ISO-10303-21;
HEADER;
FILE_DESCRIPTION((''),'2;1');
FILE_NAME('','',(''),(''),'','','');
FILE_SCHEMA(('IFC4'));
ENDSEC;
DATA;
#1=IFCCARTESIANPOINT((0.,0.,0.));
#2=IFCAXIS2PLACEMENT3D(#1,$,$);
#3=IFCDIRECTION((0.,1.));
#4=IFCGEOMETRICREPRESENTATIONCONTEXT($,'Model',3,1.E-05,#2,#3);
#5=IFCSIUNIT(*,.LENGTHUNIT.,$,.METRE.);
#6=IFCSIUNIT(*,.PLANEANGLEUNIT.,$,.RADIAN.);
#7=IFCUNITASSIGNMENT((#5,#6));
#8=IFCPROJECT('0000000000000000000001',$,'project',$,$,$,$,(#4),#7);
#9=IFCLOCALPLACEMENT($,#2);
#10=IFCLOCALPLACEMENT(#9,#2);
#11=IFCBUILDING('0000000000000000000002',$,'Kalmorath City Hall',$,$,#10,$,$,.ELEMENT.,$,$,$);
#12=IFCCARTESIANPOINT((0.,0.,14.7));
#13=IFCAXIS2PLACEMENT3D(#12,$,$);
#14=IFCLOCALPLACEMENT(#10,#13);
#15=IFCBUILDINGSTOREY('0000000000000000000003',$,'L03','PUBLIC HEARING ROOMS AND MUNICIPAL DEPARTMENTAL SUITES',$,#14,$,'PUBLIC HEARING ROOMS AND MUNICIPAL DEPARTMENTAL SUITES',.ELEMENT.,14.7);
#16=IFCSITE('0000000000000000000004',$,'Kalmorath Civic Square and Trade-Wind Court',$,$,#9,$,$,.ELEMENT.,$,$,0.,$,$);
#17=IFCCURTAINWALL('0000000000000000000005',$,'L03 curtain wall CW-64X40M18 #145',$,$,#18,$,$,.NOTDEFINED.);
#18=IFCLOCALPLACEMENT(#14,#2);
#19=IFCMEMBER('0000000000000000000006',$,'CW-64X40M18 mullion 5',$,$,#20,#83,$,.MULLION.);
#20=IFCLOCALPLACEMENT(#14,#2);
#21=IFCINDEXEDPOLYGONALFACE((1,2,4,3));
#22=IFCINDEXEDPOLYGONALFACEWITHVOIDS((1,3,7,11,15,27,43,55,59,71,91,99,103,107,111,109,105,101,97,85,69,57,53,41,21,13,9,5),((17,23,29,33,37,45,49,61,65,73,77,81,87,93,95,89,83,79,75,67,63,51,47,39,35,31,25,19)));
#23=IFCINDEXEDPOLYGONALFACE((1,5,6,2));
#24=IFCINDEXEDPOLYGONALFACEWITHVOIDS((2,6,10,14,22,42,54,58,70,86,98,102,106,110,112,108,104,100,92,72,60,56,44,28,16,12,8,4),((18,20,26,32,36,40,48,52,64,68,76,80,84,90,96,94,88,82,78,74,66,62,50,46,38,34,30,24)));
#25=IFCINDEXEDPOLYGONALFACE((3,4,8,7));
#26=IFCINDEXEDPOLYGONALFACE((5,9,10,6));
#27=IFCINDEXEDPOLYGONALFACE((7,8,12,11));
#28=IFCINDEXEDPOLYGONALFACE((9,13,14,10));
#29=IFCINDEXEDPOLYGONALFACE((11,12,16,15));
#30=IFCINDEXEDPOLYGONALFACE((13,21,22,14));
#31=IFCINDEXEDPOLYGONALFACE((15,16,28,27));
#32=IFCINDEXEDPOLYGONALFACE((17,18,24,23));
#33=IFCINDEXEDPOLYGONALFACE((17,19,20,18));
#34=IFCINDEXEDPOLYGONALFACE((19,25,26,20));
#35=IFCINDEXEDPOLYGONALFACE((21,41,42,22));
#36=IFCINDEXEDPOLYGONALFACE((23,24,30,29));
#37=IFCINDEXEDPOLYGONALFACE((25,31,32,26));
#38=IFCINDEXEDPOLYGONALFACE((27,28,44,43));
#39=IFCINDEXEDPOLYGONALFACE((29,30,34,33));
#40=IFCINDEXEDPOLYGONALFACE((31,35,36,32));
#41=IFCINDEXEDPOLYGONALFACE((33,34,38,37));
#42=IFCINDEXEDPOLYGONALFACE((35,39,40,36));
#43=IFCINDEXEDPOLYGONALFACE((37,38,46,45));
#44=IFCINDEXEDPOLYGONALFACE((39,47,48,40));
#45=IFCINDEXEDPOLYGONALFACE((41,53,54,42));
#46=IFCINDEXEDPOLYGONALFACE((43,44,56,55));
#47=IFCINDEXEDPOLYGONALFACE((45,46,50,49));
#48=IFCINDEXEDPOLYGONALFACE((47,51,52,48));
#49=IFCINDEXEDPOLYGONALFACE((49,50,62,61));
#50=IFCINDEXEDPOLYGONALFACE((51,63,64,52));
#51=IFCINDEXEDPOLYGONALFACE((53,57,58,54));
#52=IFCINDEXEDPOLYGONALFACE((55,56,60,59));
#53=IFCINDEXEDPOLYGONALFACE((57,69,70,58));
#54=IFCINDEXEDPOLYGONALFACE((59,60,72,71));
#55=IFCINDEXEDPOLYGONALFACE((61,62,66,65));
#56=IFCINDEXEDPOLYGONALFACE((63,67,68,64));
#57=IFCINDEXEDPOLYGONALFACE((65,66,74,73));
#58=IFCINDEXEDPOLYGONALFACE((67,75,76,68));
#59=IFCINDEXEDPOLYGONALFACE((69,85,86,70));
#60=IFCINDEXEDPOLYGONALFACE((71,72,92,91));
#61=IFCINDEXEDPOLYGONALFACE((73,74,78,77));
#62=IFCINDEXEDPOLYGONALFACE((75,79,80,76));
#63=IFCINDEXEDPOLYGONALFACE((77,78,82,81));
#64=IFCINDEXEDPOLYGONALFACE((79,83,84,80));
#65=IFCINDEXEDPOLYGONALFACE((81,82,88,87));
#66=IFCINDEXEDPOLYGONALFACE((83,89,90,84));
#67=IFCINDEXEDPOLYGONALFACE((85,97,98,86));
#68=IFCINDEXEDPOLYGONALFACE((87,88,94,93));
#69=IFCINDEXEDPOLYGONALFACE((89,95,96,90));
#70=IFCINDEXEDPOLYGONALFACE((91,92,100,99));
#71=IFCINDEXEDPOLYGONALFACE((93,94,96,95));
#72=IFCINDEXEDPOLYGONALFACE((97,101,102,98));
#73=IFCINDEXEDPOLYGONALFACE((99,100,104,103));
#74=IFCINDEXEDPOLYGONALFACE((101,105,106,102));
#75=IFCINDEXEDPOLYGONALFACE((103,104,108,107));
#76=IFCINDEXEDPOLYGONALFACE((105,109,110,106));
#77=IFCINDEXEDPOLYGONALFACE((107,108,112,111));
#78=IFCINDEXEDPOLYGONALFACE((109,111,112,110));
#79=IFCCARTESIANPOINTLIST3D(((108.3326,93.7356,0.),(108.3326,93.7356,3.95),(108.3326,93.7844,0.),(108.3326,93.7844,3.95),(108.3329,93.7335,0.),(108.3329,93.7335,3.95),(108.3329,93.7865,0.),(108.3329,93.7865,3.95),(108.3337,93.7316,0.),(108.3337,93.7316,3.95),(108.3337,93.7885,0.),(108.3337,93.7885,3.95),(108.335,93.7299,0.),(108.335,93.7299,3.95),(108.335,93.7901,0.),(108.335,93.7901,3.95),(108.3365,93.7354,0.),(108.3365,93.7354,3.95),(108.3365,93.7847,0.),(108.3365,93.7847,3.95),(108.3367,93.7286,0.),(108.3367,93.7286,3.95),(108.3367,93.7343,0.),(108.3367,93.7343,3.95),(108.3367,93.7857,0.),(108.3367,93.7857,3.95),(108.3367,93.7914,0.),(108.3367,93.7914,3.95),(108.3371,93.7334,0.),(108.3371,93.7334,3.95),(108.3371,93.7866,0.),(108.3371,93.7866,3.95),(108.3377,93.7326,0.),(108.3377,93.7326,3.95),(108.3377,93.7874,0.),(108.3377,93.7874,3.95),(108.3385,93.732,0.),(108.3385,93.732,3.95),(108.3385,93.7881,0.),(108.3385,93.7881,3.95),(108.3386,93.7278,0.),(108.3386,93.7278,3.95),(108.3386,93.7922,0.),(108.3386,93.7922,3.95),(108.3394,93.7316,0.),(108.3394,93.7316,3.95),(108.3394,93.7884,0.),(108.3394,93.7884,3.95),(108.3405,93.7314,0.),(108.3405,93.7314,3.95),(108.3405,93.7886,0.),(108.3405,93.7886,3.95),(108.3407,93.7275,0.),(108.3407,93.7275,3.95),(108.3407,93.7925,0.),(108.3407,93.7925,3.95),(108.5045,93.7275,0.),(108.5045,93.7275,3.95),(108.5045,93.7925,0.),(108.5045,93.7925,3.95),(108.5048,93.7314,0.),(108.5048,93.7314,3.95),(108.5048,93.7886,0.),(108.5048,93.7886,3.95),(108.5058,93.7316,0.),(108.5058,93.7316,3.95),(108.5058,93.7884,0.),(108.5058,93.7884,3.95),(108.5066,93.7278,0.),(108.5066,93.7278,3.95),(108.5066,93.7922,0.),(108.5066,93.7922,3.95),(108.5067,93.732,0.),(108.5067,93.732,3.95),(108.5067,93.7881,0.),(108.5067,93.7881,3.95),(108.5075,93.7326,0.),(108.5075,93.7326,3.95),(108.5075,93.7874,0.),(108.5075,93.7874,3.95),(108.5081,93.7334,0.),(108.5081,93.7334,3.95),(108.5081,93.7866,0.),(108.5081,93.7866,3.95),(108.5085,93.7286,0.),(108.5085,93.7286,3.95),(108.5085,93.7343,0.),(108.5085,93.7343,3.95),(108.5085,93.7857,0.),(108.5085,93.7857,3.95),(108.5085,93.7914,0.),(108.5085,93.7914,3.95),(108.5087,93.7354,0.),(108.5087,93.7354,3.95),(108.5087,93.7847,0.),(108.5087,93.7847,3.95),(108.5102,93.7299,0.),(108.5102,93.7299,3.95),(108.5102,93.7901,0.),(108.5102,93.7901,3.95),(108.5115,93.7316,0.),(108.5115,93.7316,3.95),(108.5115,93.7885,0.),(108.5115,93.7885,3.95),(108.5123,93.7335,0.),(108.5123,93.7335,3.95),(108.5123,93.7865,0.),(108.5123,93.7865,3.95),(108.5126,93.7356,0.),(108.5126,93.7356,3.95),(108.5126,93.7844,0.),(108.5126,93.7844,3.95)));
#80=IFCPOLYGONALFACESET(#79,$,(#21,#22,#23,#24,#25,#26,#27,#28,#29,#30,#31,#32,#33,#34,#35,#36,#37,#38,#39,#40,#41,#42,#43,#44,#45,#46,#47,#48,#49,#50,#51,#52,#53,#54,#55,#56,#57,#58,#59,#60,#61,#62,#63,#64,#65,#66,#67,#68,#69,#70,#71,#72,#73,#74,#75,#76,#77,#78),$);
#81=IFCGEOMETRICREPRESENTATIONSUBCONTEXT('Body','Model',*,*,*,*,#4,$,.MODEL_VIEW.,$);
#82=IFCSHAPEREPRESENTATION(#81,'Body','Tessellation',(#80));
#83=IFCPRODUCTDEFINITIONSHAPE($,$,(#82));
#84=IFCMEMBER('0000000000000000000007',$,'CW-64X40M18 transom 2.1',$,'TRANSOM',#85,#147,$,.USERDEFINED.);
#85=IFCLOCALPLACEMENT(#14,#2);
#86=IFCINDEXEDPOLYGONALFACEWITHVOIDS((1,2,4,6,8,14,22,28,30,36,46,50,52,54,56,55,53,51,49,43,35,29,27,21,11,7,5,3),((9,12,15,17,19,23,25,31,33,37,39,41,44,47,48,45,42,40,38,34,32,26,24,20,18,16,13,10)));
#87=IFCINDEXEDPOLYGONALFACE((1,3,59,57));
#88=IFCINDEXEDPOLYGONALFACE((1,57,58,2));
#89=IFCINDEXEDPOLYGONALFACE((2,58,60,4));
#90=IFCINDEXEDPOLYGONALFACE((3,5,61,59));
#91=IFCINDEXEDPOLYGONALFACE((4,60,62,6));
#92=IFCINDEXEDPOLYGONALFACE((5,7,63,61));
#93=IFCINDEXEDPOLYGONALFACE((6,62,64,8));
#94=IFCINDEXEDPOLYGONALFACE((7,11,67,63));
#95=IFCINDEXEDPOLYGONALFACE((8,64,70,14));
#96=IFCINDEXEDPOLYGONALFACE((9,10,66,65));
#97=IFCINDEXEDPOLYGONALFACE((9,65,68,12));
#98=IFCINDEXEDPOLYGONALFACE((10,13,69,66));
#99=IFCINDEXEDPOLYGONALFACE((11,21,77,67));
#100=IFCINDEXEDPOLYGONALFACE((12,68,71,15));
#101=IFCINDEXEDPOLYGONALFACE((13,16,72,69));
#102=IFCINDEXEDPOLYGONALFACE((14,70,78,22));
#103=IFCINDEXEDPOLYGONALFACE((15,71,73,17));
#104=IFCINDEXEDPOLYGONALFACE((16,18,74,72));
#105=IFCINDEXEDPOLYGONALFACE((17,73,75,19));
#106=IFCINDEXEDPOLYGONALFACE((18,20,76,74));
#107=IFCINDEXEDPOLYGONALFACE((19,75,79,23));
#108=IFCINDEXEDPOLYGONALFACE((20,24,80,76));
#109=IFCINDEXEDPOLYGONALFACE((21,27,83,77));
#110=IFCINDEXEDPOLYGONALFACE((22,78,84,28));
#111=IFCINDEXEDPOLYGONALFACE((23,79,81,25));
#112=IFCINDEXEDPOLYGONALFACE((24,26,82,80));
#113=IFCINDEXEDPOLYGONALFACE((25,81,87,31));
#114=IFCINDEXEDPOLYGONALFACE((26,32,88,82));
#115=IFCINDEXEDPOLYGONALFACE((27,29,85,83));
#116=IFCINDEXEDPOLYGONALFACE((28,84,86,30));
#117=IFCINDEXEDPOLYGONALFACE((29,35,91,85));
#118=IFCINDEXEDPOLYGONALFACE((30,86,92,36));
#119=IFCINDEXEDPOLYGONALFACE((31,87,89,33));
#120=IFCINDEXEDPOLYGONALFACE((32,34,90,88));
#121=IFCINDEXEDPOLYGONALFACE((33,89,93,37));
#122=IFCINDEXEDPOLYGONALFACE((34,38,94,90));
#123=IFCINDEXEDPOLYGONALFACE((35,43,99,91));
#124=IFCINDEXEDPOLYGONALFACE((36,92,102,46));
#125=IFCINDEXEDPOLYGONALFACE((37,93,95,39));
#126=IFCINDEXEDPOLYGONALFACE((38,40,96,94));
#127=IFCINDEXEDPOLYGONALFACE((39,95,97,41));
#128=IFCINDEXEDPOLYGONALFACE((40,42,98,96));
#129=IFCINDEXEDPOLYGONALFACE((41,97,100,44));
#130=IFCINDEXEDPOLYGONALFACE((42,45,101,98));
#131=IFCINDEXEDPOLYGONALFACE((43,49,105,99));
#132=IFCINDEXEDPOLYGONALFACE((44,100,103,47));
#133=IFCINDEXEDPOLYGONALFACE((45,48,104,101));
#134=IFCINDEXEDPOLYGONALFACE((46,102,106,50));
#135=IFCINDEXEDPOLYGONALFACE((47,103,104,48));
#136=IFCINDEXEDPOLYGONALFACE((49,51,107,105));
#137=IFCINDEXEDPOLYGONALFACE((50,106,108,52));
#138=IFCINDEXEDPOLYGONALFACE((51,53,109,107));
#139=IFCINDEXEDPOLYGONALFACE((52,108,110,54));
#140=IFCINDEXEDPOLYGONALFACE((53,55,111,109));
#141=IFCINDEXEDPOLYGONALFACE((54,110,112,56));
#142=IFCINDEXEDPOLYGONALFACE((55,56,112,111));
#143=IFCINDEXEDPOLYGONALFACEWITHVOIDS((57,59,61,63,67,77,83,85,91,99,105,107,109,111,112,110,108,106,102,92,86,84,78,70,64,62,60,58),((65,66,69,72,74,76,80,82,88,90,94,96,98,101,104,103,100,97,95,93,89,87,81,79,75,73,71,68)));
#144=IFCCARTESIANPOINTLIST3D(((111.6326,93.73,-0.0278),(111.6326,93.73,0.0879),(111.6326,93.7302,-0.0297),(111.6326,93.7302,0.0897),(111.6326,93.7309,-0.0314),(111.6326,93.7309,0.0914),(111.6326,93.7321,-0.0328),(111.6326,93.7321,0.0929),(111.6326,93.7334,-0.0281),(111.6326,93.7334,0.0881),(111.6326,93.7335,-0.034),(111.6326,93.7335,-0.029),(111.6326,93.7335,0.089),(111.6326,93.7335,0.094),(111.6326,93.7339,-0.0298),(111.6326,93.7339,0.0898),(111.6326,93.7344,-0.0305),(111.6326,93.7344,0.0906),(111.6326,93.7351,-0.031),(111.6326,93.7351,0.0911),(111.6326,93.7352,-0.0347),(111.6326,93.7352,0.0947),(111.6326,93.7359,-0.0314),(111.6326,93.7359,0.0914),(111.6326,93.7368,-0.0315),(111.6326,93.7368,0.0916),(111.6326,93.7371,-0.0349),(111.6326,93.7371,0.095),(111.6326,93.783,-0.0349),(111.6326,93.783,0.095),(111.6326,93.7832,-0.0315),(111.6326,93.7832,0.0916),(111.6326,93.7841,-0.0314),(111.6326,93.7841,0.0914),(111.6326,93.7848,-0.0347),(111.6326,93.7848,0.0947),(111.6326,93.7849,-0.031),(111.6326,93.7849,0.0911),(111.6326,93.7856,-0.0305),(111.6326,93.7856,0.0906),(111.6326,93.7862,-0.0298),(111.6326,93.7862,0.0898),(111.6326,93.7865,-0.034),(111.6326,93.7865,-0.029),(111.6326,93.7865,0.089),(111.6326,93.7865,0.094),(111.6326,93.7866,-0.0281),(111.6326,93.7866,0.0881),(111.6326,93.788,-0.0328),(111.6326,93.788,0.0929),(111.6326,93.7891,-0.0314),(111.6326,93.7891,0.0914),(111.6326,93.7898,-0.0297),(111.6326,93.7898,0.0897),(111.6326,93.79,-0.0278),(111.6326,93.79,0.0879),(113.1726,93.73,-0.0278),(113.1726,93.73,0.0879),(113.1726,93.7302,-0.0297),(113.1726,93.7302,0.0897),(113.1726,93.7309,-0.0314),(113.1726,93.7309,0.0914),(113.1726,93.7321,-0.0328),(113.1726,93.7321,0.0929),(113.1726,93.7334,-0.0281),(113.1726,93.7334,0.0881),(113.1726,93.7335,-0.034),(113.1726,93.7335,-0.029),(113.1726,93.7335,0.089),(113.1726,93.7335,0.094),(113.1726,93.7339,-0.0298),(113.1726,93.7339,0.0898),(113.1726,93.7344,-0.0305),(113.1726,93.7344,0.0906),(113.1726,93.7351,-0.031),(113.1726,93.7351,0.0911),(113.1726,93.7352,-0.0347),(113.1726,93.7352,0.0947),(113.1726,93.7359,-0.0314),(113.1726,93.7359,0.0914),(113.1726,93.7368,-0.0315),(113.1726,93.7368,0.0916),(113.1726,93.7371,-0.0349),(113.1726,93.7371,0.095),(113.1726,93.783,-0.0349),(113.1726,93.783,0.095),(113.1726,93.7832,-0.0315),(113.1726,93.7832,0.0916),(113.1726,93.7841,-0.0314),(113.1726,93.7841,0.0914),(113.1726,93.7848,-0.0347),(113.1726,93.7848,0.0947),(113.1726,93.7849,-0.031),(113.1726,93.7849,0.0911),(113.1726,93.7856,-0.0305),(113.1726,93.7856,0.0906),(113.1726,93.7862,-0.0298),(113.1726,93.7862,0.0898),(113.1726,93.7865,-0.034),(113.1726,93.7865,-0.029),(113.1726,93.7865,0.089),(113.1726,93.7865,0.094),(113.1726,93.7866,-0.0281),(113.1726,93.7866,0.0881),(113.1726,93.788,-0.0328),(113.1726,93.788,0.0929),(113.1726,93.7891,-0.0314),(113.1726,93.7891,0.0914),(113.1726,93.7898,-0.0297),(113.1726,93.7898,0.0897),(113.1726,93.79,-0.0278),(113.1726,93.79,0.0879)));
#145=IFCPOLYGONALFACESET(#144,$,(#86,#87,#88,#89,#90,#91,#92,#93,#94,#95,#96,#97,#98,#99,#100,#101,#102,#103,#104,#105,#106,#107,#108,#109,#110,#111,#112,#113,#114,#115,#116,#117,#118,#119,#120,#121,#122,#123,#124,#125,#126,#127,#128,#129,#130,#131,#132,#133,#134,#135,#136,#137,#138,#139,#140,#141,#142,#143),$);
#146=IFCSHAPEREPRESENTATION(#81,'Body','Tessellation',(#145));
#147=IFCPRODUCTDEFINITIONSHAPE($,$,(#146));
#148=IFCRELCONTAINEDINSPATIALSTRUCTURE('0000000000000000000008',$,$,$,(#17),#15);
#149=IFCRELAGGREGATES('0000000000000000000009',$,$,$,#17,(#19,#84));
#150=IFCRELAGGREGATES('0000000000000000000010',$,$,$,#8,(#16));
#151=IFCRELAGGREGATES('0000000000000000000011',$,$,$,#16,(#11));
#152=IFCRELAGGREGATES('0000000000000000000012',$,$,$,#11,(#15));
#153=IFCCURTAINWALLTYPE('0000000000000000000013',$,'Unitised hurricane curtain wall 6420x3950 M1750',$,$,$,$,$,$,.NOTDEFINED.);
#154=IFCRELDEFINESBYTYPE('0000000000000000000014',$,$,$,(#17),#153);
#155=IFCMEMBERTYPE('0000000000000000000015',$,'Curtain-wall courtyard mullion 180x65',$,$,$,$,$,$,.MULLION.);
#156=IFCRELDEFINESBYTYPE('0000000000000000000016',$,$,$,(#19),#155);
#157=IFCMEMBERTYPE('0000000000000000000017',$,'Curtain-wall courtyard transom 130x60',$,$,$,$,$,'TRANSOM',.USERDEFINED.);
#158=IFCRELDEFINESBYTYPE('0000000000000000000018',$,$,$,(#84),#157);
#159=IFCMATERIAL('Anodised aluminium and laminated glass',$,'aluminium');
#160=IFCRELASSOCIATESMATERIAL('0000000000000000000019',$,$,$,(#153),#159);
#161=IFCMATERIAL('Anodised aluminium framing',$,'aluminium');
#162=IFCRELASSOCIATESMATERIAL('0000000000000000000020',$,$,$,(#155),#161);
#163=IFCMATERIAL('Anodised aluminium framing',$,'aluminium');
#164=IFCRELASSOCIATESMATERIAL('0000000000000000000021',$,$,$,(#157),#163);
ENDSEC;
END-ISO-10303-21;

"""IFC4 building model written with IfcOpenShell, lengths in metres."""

from ifc_helpers import new_model, si_unit, direction, frame, origin, origin_2d, place, context, subcontext, project, spatial, hollow_rectangle, extrude, material, material_profile, profile_set, type_object, element, aggregate, save


model = new_model("IFC4")

# Units and contexts
model_context = context("Model", 3, precision=1e-05, world=origin(), true_north=direction((0.0, 1.0)))
body_context = subcontext(model_context, "Body", "Model", "MODEL_VIEW")
ifc_project = project(units=[si_unit("LENGTHUNIT", "METRE"), si_unit("PLANEANGLEUNIT", "RADIAN")], contexts=[model_context])

# Site, building, storey
site_placement = place(None, origin())
site = spatial("IfcSite", under=ifc_project, at=site_placement, Name="Kalmorath Civic Square and Trade-Wind Court", CompositionType="ELEMENT", RefElevation=0.0)
building_placement = place(site_placement, origin())
building = spatial("IfcBuilding", under=site, at=building_placement, Name="Kalmorath City Hall", CompositionType="ELEMENT")
storey_placement = place(building_placement, frame((0.0, 0.0, 14.7)))
storey = spatial("IfcBuildingStorey", under=building, at=storey_placement, Name="L03", Description="PUBLIC HEARING ROOMS AND MUNICIPAL DEPARTMENTAL SUITES", LongName="PUBLIC HEARING ROOMS AND MUNICIPAL DEPARTMENTAL SUITES", CompositionType="ELEMENT", Elevation=14.7)

# Curtain wall, members
ifc_material_1 = material(Name="Anodised aluminium and laminated glass", Category="aluminium")
curtain_wall_type = type_object("IfcCurtainWallType", Name="Unitised hurricane curtain wall 6420x3950 M1750", PredefinedType="NOTDEFINED", material=ifc_material_1)
curtain_wall_placement = place(storey_placement, origin())
curtain_wall = element("IfcCurtainWall", 1, at=curtain_wall_placement, inside=storey, type_object=curtain_wall_type, Name="L03 curtain wall CW-64X40M18 #145", PredefinedType="NOTDEFINED")
ifc_material_2 = material(Name="Anodised aluminium framing", Category="aluminium")
ifc_material_profile_1 = material_profile(ifc_material_2, hollow_rectangle(XDim=0.0649, YDim=0.1799, WallThickness=0.0039, InnerFilletRadius=0.0039, OuterFilletRadius=0.0081, at=origin_2d()), Name="ALU-MUL-180X65X4")
ifc_profile_set_1 = profile_set([ifc_material_profile_1], Name="Anodised aluminium framing")
member_type_1 = type_object("IfcMemberType", Name="Curtain-wall courtyard mullion 180x65", PredefinedType="MULLION", material=ifc_profile_set_1)
member_1_placement = place(storey_placement, frame((108.4226, 93.76, 0.0), z_axis=(0.0, 0.0, 1.0), x_axis=(0.0, -1.0, 0.0)))
member_1 = element("IfcMember", 2, at=member_1_placement, type_object=member_type_1, Name="CW-64X40M18 mullion 5", PredefinedType="MULLION", context=body_context, shape_type="SweptSolid", body=[
    extrude(hollow_rectangle(XDim=0.0649, YDim=0.1799, WallThickness=0.0039, InnerFilletRadius=0.0039, OuterFilletRadius=0.0081, at=origin_2d()), origin(), (0.0, 0.0, 1.0), 3.95),
])
ifc_material_3 = material(Name="Anodised aluminium framing", Category="aluminium")
ifc_material_profile_2 = material_profile(ifc_material_3, hollow_rectangle(XDim=0.0601, YDim=0.1299, WallThickness=0.0034, InnerFilletRadius=0.0034, OuterFilletRadius=0.0071, at=origin_2d()), Name="ALU-TRN-130X60X3.5")
ifc_profile_set_2 = profile_set([ifc_material_profile_2], Name="Anodised aluminium framing")
member_type_2 = type_object("IfcMemberType", Name="Curtain-wall courtyard transom 130x60", ElementType="TRANSOM", PredefinedType="USERDEFINED", material=ifc_profile_set_2)
member_2_placement = place(storey_placement, frame((113.1726, 93.76, 0.03), z_axis=(-1.0, 0.0, 0.0), x_axis=(0.0, -1.0, 0.0)))
member_2 = element("IfcMember", 3, at=member_2_placement, type_object=member_type_2, Name="CW-64X40M18 transom 2.1", ObjectType="TRANSOM", PredefinedType="USERDEFINED", context=body_context, shape_type="SweptSolid", body=[
    extrude(hollow_rectangle(XDim=0.0601, YDim=0.1299, WallThickness=0.0034, InnerFilletRadius=0.0034, OuterFilletRadius=0.0071, at=origin_2d()), origin(), (0.0, 0.0, 1.0), 1.54),
])
aggregate(curtain_wall, [member_1, member_2])

save(model, "model.ifc")
